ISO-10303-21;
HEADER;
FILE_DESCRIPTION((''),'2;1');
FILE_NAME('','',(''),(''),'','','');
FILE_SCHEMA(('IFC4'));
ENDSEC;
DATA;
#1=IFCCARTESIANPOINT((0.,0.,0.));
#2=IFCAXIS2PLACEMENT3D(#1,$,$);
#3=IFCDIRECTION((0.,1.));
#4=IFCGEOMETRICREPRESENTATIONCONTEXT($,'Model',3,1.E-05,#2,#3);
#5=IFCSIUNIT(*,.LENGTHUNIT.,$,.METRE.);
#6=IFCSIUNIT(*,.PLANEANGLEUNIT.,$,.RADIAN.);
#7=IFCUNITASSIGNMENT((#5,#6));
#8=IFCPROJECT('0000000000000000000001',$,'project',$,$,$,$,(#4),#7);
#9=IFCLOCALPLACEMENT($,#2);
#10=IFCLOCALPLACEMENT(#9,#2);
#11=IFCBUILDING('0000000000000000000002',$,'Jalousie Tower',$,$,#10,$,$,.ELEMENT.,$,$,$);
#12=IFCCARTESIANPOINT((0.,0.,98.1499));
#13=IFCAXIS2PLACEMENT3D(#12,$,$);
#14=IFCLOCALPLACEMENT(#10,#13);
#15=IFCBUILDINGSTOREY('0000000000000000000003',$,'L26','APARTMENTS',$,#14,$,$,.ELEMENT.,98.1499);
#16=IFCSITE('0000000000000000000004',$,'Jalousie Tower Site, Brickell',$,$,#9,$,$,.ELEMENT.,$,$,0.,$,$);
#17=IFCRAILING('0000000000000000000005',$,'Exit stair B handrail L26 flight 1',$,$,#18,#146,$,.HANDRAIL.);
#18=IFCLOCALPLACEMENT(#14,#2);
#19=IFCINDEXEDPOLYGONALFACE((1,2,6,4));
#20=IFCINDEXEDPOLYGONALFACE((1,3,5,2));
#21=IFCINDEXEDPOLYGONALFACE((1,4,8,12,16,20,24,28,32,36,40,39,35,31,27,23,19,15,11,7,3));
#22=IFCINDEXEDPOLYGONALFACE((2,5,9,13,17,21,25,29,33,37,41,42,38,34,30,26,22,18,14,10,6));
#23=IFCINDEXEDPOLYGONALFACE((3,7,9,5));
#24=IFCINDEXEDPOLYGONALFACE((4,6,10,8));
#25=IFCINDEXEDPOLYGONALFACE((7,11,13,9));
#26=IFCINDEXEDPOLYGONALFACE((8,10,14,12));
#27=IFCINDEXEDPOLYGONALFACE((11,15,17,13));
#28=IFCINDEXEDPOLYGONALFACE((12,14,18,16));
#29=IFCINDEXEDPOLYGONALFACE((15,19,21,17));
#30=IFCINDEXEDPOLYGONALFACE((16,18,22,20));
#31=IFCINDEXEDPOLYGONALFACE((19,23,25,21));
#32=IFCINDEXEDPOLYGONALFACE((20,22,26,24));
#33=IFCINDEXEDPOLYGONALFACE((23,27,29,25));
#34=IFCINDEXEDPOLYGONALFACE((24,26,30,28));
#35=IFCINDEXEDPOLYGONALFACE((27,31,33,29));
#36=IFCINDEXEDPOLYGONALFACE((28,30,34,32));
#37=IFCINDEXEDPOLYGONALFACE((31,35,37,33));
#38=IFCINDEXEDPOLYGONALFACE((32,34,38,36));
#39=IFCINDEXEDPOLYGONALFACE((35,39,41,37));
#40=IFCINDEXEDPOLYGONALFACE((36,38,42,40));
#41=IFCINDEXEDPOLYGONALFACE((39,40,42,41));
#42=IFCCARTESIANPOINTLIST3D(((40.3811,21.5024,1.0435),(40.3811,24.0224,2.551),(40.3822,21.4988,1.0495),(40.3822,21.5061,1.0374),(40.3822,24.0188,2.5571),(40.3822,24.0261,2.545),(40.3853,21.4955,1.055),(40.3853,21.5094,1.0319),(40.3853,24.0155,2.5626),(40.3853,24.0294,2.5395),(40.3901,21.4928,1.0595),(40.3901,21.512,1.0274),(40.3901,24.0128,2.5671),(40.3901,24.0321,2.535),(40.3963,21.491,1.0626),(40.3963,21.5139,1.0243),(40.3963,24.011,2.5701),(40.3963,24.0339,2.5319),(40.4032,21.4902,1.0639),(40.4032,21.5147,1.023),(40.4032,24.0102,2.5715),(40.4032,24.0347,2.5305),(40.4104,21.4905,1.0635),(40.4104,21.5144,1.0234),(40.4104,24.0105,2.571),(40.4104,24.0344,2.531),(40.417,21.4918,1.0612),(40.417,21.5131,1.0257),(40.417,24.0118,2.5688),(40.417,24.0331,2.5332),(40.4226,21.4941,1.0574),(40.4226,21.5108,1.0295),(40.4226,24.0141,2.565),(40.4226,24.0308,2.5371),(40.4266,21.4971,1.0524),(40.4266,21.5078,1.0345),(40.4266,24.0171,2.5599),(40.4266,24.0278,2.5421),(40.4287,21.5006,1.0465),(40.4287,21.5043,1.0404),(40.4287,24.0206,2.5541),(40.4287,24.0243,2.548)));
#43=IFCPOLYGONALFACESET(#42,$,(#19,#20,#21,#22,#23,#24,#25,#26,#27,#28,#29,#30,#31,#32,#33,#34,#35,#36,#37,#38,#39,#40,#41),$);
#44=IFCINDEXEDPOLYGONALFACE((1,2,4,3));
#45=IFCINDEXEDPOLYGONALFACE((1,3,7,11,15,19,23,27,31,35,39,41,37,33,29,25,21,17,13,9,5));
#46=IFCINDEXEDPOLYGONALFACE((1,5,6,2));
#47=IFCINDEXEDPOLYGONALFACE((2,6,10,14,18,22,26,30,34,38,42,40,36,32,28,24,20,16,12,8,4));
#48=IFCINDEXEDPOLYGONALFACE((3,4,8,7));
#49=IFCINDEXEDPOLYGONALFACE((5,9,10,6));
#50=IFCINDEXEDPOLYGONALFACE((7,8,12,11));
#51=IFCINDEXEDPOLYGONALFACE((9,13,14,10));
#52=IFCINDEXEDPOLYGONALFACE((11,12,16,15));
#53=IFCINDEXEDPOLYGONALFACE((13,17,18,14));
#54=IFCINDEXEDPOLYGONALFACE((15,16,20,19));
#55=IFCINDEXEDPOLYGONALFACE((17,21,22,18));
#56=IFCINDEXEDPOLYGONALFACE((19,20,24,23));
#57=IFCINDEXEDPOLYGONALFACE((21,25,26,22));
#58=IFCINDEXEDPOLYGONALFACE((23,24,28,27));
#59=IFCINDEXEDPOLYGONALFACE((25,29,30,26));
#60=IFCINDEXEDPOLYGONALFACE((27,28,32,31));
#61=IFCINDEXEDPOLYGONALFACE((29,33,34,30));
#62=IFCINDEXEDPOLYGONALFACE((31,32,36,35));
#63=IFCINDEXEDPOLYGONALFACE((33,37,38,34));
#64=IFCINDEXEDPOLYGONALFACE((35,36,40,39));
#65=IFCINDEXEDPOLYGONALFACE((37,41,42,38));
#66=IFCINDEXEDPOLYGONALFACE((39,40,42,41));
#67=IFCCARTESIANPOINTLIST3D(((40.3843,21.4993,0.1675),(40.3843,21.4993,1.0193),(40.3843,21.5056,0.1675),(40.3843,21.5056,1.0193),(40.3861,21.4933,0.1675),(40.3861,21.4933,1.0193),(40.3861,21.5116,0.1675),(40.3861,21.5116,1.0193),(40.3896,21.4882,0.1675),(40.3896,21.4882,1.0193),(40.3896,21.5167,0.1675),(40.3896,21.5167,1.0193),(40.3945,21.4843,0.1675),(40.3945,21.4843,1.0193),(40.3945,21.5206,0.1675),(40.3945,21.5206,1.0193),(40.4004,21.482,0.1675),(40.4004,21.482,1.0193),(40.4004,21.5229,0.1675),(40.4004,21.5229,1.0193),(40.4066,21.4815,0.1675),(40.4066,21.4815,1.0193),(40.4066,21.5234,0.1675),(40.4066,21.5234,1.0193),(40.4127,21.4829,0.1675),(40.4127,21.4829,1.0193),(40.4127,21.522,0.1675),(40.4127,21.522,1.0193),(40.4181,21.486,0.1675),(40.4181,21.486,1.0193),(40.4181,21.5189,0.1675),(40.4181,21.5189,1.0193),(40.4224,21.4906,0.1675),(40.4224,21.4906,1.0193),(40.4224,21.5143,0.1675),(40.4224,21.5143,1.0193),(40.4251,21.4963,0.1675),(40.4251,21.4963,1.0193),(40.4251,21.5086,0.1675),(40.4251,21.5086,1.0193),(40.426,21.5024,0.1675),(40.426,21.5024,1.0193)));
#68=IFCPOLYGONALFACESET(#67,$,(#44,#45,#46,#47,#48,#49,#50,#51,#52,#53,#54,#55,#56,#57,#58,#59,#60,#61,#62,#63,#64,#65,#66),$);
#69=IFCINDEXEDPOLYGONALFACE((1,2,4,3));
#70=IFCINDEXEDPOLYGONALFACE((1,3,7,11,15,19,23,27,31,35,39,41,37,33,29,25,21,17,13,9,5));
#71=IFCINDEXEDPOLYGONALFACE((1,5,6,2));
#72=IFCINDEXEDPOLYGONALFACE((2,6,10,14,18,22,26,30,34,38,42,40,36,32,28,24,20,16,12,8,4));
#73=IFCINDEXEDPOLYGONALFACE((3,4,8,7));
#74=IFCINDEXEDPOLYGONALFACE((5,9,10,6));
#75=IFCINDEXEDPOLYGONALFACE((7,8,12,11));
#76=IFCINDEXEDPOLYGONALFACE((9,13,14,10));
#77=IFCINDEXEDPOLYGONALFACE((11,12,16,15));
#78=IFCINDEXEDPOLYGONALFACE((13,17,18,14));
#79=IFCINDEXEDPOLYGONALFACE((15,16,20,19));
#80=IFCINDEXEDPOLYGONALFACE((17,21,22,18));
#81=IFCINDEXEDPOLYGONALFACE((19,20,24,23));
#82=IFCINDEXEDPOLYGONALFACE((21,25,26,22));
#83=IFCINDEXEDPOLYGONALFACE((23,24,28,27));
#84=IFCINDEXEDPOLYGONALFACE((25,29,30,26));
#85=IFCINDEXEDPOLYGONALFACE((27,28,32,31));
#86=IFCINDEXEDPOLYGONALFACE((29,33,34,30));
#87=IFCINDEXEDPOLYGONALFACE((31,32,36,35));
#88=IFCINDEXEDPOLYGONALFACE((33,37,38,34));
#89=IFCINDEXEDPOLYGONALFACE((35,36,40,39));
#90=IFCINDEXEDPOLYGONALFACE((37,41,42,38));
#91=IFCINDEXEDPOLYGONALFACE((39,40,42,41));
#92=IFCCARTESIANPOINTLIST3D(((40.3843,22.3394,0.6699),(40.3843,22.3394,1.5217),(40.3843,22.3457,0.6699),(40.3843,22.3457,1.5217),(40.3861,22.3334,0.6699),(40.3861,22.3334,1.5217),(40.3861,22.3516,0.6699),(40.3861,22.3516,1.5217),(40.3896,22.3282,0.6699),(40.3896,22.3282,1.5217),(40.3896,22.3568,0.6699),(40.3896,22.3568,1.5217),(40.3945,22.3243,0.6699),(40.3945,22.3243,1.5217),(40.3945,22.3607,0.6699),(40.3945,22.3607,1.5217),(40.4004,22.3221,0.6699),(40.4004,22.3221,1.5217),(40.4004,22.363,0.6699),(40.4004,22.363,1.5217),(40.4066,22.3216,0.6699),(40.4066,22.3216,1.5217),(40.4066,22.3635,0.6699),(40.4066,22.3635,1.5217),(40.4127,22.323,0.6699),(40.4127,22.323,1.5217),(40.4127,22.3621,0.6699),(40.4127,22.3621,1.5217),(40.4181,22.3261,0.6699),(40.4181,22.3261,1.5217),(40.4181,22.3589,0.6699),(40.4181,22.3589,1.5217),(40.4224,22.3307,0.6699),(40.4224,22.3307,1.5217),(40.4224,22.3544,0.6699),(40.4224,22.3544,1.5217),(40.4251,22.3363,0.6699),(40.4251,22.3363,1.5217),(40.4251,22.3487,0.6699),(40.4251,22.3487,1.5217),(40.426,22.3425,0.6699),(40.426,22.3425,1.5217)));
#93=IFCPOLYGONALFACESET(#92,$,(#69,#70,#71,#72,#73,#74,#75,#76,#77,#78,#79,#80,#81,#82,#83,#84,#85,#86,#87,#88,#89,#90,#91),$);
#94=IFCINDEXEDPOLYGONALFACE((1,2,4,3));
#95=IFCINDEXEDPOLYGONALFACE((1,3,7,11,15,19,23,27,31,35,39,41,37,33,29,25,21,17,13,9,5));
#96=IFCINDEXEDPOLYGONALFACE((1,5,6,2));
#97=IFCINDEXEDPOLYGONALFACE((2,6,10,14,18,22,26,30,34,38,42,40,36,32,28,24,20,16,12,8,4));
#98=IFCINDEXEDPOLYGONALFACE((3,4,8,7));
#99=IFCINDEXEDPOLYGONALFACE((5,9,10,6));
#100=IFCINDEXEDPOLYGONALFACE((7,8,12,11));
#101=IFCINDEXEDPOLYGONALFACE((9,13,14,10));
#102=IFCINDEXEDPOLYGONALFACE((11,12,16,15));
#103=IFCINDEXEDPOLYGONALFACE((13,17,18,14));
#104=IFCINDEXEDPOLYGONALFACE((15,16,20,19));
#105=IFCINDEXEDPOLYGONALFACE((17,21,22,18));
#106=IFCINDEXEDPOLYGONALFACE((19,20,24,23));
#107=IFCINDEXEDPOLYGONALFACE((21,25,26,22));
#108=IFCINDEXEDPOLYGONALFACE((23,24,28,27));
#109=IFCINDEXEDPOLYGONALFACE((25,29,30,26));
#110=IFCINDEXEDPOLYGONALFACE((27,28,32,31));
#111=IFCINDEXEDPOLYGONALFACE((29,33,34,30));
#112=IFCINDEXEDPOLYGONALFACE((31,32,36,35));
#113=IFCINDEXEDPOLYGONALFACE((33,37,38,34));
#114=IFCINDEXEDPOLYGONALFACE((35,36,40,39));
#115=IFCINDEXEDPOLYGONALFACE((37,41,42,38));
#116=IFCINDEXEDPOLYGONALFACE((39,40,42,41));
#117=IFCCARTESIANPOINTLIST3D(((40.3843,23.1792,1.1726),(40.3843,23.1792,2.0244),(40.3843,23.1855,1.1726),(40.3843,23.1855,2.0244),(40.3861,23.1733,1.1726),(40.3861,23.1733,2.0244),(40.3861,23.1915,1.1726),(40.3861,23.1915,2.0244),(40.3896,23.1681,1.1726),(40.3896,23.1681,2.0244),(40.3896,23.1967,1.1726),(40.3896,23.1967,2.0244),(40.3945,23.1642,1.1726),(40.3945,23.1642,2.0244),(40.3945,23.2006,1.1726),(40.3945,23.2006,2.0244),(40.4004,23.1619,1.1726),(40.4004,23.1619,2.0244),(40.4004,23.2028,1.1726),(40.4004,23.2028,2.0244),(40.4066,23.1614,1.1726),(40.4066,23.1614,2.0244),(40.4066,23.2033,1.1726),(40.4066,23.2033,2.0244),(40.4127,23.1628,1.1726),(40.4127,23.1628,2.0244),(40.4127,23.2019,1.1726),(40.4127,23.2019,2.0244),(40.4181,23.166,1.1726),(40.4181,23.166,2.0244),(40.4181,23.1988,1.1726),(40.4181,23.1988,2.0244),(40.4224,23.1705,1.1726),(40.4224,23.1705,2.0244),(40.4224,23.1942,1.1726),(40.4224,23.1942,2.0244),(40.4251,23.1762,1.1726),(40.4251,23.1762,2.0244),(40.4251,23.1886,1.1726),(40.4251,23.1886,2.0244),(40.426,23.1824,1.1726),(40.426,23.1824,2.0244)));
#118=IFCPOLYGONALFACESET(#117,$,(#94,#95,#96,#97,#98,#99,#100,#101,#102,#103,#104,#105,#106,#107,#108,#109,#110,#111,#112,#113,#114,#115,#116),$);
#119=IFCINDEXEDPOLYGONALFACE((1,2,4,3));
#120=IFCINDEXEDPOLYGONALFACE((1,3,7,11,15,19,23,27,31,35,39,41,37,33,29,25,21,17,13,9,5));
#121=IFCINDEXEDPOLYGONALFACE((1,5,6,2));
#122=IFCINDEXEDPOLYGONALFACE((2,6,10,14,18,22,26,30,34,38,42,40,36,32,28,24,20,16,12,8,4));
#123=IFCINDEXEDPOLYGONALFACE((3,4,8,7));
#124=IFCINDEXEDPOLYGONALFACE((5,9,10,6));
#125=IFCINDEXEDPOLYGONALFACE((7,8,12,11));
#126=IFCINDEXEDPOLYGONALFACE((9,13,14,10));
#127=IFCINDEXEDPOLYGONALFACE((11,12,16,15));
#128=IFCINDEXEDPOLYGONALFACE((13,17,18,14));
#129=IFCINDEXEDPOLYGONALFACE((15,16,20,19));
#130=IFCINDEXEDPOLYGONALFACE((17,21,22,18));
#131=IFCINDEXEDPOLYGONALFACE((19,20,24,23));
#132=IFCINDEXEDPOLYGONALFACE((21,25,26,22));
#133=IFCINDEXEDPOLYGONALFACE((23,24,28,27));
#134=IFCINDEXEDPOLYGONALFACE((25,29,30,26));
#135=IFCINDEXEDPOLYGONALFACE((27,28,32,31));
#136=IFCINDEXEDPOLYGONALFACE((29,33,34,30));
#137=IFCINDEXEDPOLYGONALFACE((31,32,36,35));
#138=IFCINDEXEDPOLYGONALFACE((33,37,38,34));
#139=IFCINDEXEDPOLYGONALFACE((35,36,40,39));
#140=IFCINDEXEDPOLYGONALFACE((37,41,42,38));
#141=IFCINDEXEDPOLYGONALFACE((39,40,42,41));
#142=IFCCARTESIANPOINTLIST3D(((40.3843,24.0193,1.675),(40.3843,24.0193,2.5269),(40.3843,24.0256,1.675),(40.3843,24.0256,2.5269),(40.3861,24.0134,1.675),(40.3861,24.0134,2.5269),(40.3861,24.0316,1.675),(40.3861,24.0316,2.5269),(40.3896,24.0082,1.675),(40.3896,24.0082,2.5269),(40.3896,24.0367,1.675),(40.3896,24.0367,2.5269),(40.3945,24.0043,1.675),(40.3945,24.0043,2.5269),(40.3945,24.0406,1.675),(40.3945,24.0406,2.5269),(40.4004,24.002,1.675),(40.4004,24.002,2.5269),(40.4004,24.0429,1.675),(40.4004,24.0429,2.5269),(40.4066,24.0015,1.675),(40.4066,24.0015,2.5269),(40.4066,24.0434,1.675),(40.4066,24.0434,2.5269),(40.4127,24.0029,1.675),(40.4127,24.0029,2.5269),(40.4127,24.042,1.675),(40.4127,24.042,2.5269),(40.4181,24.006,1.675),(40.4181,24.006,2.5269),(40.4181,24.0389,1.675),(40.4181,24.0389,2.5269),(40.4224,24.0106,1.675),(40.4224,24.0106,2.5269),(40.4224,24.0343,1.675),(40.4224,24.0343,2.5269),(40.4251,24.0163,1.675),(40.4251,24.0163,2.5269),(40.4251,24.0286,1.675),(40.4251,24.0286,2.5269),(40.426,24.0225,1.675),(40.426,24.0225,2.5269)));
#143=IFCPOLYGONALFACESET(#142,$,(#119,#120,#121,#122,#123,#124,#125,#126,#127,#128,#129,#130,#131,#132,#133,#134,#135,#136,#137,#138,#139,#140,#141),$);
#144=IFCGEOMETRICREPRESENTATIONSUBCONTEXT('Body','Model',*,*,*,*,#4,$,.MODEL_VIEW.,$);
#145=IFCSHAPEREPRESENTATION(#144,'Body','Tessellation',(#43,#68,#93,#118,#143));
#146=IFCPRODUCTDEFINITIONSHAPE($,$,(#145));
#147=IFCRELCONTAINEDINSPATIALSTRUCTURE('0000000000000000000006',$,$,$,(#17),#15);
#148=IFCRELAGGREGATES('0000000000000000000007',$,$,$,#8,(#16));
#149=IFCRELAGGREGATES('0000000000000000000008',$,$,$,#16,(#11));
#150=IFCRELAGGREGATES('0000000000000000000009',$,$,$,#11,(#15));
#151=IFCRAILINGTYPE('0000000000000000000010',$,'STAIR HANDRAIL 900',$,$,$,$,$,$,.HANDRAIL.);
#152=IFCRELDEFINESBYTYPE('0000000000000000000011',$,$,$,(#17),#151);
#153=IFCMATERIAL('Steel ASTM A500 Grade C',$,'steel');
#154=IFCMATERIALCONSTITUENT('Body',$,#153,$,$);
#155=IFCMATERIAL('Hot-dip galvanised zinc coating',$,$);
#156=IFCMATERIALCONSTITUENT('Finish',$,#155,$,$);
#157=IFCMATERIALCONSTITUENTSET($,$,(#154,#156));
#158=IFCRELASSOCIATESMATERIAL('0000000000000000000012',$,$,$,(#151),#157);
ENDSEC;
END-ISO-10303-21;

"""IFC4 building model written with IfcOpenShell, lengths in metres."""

from ifc_helpers import new_model, si_unit, direction, frame, origin, origin_2d, place, context, subcontext, project, spatial, circle, extrude, material, constituent, constituent_set, type_object, element, save


model = new_model("IFC4")

# Units and contexts
model_context = context("Model", 3, precision=1e-05, world=origin(), true_north=direction((0.0, 1.0)))
body_context = subcontext(model_context, "Body", "Model", "MODEL_VIEW")
ifc_project = project(units=[si_unit("LENGTHUNIT", "METRE"), si_unit("PLANEANGLEUNIT", "RADIAN")], contexts=[model_context])

# Site, building, storey
site_placement = place(None, origin())
site = spatial("IfcSite", under=ifc_project, at=site_placement, Name="Jalousie Tower Site, Brickell", CompositionType="ELEMENT", RefElevation=0.0)
building_placement = place(site_placement, origin())
building = spatial("IfcBuilding", under=site, at=building_placement, Name="Jalousie Tower", CompositionType="ELEMENT")
storey_placement = place(building_placement, frame((0.0, 0.0, 98.1499)))
storey = spatial("IfcBuildingStorey", under=building, at=storey_placement, Name="L26", Description="APARTMENTS", CompositionType="ELEMENT", Elevation=98.1499)

# Railing
ifc_material_1 = material(Name="Steel ASTM A500 Grade C", Category="steel")
ifc_constituent_1 = constituent(ifc_material_1, Name="Body")
ifc_material_2 = material(Name="Hot-dip galvanised zinc coating")
ifc_constituent_2 = constituent(ifc_material_2, Name="Finish")
ifc_constituent_set_1 = constituent_set(constituents=[ifc_constituent_1, ifc_constituent_2])
railing_type = type_object("IfcRailingType", Name="STAIR HANDRAIL 900", PredefinedType="HANDRAIL", material=ifc_constituent_set_1)
railing_placement = place(storey_placement, frame((40.405, 21.5024, 0.1675)))
element("IfcRailing", 1, at=railing_placement, inside=storey, type_object=railing_type, Name="Exit stair B handrail L26 flight 1", PredefinedType="HANDRAIL", context=body_context, shape_type="SweptSolid", body=[
    extrude(circle(Radius=0.0239, at=origin_2d()), frame((0.0, 0.0, 0.876), z_axis=(0.0, 0.85816, 0.513383), x_axis=(-1.0, 0.0, 0.0)), (0.0, 0.0, 1.0), 2.9365),
    extrude(circle(Radius=0.021, at=origin_2d()), origin(), (0.0, 0.0, 1.0), 0.8518),
    extrude(circle(Radius=0.021, at=origin_2d()), frame((0.0, 0.8401, 0.5024)), (0.0, 0.0, 1.0), 0.8518),
    extrude(circle(Radius=0.021, at=origin_2d()), frame((0.0, 1.6799, 1.0051)), (0.0, 0.0, 1.0), 0.8518),
    extrude(circle(Radius=0.021, at=origin_2d()), frame((0.0, 2.52, 1.5076)), (0.0, 0.0, 1.0), 0.8518),
])

save(model, "model.ifc")
